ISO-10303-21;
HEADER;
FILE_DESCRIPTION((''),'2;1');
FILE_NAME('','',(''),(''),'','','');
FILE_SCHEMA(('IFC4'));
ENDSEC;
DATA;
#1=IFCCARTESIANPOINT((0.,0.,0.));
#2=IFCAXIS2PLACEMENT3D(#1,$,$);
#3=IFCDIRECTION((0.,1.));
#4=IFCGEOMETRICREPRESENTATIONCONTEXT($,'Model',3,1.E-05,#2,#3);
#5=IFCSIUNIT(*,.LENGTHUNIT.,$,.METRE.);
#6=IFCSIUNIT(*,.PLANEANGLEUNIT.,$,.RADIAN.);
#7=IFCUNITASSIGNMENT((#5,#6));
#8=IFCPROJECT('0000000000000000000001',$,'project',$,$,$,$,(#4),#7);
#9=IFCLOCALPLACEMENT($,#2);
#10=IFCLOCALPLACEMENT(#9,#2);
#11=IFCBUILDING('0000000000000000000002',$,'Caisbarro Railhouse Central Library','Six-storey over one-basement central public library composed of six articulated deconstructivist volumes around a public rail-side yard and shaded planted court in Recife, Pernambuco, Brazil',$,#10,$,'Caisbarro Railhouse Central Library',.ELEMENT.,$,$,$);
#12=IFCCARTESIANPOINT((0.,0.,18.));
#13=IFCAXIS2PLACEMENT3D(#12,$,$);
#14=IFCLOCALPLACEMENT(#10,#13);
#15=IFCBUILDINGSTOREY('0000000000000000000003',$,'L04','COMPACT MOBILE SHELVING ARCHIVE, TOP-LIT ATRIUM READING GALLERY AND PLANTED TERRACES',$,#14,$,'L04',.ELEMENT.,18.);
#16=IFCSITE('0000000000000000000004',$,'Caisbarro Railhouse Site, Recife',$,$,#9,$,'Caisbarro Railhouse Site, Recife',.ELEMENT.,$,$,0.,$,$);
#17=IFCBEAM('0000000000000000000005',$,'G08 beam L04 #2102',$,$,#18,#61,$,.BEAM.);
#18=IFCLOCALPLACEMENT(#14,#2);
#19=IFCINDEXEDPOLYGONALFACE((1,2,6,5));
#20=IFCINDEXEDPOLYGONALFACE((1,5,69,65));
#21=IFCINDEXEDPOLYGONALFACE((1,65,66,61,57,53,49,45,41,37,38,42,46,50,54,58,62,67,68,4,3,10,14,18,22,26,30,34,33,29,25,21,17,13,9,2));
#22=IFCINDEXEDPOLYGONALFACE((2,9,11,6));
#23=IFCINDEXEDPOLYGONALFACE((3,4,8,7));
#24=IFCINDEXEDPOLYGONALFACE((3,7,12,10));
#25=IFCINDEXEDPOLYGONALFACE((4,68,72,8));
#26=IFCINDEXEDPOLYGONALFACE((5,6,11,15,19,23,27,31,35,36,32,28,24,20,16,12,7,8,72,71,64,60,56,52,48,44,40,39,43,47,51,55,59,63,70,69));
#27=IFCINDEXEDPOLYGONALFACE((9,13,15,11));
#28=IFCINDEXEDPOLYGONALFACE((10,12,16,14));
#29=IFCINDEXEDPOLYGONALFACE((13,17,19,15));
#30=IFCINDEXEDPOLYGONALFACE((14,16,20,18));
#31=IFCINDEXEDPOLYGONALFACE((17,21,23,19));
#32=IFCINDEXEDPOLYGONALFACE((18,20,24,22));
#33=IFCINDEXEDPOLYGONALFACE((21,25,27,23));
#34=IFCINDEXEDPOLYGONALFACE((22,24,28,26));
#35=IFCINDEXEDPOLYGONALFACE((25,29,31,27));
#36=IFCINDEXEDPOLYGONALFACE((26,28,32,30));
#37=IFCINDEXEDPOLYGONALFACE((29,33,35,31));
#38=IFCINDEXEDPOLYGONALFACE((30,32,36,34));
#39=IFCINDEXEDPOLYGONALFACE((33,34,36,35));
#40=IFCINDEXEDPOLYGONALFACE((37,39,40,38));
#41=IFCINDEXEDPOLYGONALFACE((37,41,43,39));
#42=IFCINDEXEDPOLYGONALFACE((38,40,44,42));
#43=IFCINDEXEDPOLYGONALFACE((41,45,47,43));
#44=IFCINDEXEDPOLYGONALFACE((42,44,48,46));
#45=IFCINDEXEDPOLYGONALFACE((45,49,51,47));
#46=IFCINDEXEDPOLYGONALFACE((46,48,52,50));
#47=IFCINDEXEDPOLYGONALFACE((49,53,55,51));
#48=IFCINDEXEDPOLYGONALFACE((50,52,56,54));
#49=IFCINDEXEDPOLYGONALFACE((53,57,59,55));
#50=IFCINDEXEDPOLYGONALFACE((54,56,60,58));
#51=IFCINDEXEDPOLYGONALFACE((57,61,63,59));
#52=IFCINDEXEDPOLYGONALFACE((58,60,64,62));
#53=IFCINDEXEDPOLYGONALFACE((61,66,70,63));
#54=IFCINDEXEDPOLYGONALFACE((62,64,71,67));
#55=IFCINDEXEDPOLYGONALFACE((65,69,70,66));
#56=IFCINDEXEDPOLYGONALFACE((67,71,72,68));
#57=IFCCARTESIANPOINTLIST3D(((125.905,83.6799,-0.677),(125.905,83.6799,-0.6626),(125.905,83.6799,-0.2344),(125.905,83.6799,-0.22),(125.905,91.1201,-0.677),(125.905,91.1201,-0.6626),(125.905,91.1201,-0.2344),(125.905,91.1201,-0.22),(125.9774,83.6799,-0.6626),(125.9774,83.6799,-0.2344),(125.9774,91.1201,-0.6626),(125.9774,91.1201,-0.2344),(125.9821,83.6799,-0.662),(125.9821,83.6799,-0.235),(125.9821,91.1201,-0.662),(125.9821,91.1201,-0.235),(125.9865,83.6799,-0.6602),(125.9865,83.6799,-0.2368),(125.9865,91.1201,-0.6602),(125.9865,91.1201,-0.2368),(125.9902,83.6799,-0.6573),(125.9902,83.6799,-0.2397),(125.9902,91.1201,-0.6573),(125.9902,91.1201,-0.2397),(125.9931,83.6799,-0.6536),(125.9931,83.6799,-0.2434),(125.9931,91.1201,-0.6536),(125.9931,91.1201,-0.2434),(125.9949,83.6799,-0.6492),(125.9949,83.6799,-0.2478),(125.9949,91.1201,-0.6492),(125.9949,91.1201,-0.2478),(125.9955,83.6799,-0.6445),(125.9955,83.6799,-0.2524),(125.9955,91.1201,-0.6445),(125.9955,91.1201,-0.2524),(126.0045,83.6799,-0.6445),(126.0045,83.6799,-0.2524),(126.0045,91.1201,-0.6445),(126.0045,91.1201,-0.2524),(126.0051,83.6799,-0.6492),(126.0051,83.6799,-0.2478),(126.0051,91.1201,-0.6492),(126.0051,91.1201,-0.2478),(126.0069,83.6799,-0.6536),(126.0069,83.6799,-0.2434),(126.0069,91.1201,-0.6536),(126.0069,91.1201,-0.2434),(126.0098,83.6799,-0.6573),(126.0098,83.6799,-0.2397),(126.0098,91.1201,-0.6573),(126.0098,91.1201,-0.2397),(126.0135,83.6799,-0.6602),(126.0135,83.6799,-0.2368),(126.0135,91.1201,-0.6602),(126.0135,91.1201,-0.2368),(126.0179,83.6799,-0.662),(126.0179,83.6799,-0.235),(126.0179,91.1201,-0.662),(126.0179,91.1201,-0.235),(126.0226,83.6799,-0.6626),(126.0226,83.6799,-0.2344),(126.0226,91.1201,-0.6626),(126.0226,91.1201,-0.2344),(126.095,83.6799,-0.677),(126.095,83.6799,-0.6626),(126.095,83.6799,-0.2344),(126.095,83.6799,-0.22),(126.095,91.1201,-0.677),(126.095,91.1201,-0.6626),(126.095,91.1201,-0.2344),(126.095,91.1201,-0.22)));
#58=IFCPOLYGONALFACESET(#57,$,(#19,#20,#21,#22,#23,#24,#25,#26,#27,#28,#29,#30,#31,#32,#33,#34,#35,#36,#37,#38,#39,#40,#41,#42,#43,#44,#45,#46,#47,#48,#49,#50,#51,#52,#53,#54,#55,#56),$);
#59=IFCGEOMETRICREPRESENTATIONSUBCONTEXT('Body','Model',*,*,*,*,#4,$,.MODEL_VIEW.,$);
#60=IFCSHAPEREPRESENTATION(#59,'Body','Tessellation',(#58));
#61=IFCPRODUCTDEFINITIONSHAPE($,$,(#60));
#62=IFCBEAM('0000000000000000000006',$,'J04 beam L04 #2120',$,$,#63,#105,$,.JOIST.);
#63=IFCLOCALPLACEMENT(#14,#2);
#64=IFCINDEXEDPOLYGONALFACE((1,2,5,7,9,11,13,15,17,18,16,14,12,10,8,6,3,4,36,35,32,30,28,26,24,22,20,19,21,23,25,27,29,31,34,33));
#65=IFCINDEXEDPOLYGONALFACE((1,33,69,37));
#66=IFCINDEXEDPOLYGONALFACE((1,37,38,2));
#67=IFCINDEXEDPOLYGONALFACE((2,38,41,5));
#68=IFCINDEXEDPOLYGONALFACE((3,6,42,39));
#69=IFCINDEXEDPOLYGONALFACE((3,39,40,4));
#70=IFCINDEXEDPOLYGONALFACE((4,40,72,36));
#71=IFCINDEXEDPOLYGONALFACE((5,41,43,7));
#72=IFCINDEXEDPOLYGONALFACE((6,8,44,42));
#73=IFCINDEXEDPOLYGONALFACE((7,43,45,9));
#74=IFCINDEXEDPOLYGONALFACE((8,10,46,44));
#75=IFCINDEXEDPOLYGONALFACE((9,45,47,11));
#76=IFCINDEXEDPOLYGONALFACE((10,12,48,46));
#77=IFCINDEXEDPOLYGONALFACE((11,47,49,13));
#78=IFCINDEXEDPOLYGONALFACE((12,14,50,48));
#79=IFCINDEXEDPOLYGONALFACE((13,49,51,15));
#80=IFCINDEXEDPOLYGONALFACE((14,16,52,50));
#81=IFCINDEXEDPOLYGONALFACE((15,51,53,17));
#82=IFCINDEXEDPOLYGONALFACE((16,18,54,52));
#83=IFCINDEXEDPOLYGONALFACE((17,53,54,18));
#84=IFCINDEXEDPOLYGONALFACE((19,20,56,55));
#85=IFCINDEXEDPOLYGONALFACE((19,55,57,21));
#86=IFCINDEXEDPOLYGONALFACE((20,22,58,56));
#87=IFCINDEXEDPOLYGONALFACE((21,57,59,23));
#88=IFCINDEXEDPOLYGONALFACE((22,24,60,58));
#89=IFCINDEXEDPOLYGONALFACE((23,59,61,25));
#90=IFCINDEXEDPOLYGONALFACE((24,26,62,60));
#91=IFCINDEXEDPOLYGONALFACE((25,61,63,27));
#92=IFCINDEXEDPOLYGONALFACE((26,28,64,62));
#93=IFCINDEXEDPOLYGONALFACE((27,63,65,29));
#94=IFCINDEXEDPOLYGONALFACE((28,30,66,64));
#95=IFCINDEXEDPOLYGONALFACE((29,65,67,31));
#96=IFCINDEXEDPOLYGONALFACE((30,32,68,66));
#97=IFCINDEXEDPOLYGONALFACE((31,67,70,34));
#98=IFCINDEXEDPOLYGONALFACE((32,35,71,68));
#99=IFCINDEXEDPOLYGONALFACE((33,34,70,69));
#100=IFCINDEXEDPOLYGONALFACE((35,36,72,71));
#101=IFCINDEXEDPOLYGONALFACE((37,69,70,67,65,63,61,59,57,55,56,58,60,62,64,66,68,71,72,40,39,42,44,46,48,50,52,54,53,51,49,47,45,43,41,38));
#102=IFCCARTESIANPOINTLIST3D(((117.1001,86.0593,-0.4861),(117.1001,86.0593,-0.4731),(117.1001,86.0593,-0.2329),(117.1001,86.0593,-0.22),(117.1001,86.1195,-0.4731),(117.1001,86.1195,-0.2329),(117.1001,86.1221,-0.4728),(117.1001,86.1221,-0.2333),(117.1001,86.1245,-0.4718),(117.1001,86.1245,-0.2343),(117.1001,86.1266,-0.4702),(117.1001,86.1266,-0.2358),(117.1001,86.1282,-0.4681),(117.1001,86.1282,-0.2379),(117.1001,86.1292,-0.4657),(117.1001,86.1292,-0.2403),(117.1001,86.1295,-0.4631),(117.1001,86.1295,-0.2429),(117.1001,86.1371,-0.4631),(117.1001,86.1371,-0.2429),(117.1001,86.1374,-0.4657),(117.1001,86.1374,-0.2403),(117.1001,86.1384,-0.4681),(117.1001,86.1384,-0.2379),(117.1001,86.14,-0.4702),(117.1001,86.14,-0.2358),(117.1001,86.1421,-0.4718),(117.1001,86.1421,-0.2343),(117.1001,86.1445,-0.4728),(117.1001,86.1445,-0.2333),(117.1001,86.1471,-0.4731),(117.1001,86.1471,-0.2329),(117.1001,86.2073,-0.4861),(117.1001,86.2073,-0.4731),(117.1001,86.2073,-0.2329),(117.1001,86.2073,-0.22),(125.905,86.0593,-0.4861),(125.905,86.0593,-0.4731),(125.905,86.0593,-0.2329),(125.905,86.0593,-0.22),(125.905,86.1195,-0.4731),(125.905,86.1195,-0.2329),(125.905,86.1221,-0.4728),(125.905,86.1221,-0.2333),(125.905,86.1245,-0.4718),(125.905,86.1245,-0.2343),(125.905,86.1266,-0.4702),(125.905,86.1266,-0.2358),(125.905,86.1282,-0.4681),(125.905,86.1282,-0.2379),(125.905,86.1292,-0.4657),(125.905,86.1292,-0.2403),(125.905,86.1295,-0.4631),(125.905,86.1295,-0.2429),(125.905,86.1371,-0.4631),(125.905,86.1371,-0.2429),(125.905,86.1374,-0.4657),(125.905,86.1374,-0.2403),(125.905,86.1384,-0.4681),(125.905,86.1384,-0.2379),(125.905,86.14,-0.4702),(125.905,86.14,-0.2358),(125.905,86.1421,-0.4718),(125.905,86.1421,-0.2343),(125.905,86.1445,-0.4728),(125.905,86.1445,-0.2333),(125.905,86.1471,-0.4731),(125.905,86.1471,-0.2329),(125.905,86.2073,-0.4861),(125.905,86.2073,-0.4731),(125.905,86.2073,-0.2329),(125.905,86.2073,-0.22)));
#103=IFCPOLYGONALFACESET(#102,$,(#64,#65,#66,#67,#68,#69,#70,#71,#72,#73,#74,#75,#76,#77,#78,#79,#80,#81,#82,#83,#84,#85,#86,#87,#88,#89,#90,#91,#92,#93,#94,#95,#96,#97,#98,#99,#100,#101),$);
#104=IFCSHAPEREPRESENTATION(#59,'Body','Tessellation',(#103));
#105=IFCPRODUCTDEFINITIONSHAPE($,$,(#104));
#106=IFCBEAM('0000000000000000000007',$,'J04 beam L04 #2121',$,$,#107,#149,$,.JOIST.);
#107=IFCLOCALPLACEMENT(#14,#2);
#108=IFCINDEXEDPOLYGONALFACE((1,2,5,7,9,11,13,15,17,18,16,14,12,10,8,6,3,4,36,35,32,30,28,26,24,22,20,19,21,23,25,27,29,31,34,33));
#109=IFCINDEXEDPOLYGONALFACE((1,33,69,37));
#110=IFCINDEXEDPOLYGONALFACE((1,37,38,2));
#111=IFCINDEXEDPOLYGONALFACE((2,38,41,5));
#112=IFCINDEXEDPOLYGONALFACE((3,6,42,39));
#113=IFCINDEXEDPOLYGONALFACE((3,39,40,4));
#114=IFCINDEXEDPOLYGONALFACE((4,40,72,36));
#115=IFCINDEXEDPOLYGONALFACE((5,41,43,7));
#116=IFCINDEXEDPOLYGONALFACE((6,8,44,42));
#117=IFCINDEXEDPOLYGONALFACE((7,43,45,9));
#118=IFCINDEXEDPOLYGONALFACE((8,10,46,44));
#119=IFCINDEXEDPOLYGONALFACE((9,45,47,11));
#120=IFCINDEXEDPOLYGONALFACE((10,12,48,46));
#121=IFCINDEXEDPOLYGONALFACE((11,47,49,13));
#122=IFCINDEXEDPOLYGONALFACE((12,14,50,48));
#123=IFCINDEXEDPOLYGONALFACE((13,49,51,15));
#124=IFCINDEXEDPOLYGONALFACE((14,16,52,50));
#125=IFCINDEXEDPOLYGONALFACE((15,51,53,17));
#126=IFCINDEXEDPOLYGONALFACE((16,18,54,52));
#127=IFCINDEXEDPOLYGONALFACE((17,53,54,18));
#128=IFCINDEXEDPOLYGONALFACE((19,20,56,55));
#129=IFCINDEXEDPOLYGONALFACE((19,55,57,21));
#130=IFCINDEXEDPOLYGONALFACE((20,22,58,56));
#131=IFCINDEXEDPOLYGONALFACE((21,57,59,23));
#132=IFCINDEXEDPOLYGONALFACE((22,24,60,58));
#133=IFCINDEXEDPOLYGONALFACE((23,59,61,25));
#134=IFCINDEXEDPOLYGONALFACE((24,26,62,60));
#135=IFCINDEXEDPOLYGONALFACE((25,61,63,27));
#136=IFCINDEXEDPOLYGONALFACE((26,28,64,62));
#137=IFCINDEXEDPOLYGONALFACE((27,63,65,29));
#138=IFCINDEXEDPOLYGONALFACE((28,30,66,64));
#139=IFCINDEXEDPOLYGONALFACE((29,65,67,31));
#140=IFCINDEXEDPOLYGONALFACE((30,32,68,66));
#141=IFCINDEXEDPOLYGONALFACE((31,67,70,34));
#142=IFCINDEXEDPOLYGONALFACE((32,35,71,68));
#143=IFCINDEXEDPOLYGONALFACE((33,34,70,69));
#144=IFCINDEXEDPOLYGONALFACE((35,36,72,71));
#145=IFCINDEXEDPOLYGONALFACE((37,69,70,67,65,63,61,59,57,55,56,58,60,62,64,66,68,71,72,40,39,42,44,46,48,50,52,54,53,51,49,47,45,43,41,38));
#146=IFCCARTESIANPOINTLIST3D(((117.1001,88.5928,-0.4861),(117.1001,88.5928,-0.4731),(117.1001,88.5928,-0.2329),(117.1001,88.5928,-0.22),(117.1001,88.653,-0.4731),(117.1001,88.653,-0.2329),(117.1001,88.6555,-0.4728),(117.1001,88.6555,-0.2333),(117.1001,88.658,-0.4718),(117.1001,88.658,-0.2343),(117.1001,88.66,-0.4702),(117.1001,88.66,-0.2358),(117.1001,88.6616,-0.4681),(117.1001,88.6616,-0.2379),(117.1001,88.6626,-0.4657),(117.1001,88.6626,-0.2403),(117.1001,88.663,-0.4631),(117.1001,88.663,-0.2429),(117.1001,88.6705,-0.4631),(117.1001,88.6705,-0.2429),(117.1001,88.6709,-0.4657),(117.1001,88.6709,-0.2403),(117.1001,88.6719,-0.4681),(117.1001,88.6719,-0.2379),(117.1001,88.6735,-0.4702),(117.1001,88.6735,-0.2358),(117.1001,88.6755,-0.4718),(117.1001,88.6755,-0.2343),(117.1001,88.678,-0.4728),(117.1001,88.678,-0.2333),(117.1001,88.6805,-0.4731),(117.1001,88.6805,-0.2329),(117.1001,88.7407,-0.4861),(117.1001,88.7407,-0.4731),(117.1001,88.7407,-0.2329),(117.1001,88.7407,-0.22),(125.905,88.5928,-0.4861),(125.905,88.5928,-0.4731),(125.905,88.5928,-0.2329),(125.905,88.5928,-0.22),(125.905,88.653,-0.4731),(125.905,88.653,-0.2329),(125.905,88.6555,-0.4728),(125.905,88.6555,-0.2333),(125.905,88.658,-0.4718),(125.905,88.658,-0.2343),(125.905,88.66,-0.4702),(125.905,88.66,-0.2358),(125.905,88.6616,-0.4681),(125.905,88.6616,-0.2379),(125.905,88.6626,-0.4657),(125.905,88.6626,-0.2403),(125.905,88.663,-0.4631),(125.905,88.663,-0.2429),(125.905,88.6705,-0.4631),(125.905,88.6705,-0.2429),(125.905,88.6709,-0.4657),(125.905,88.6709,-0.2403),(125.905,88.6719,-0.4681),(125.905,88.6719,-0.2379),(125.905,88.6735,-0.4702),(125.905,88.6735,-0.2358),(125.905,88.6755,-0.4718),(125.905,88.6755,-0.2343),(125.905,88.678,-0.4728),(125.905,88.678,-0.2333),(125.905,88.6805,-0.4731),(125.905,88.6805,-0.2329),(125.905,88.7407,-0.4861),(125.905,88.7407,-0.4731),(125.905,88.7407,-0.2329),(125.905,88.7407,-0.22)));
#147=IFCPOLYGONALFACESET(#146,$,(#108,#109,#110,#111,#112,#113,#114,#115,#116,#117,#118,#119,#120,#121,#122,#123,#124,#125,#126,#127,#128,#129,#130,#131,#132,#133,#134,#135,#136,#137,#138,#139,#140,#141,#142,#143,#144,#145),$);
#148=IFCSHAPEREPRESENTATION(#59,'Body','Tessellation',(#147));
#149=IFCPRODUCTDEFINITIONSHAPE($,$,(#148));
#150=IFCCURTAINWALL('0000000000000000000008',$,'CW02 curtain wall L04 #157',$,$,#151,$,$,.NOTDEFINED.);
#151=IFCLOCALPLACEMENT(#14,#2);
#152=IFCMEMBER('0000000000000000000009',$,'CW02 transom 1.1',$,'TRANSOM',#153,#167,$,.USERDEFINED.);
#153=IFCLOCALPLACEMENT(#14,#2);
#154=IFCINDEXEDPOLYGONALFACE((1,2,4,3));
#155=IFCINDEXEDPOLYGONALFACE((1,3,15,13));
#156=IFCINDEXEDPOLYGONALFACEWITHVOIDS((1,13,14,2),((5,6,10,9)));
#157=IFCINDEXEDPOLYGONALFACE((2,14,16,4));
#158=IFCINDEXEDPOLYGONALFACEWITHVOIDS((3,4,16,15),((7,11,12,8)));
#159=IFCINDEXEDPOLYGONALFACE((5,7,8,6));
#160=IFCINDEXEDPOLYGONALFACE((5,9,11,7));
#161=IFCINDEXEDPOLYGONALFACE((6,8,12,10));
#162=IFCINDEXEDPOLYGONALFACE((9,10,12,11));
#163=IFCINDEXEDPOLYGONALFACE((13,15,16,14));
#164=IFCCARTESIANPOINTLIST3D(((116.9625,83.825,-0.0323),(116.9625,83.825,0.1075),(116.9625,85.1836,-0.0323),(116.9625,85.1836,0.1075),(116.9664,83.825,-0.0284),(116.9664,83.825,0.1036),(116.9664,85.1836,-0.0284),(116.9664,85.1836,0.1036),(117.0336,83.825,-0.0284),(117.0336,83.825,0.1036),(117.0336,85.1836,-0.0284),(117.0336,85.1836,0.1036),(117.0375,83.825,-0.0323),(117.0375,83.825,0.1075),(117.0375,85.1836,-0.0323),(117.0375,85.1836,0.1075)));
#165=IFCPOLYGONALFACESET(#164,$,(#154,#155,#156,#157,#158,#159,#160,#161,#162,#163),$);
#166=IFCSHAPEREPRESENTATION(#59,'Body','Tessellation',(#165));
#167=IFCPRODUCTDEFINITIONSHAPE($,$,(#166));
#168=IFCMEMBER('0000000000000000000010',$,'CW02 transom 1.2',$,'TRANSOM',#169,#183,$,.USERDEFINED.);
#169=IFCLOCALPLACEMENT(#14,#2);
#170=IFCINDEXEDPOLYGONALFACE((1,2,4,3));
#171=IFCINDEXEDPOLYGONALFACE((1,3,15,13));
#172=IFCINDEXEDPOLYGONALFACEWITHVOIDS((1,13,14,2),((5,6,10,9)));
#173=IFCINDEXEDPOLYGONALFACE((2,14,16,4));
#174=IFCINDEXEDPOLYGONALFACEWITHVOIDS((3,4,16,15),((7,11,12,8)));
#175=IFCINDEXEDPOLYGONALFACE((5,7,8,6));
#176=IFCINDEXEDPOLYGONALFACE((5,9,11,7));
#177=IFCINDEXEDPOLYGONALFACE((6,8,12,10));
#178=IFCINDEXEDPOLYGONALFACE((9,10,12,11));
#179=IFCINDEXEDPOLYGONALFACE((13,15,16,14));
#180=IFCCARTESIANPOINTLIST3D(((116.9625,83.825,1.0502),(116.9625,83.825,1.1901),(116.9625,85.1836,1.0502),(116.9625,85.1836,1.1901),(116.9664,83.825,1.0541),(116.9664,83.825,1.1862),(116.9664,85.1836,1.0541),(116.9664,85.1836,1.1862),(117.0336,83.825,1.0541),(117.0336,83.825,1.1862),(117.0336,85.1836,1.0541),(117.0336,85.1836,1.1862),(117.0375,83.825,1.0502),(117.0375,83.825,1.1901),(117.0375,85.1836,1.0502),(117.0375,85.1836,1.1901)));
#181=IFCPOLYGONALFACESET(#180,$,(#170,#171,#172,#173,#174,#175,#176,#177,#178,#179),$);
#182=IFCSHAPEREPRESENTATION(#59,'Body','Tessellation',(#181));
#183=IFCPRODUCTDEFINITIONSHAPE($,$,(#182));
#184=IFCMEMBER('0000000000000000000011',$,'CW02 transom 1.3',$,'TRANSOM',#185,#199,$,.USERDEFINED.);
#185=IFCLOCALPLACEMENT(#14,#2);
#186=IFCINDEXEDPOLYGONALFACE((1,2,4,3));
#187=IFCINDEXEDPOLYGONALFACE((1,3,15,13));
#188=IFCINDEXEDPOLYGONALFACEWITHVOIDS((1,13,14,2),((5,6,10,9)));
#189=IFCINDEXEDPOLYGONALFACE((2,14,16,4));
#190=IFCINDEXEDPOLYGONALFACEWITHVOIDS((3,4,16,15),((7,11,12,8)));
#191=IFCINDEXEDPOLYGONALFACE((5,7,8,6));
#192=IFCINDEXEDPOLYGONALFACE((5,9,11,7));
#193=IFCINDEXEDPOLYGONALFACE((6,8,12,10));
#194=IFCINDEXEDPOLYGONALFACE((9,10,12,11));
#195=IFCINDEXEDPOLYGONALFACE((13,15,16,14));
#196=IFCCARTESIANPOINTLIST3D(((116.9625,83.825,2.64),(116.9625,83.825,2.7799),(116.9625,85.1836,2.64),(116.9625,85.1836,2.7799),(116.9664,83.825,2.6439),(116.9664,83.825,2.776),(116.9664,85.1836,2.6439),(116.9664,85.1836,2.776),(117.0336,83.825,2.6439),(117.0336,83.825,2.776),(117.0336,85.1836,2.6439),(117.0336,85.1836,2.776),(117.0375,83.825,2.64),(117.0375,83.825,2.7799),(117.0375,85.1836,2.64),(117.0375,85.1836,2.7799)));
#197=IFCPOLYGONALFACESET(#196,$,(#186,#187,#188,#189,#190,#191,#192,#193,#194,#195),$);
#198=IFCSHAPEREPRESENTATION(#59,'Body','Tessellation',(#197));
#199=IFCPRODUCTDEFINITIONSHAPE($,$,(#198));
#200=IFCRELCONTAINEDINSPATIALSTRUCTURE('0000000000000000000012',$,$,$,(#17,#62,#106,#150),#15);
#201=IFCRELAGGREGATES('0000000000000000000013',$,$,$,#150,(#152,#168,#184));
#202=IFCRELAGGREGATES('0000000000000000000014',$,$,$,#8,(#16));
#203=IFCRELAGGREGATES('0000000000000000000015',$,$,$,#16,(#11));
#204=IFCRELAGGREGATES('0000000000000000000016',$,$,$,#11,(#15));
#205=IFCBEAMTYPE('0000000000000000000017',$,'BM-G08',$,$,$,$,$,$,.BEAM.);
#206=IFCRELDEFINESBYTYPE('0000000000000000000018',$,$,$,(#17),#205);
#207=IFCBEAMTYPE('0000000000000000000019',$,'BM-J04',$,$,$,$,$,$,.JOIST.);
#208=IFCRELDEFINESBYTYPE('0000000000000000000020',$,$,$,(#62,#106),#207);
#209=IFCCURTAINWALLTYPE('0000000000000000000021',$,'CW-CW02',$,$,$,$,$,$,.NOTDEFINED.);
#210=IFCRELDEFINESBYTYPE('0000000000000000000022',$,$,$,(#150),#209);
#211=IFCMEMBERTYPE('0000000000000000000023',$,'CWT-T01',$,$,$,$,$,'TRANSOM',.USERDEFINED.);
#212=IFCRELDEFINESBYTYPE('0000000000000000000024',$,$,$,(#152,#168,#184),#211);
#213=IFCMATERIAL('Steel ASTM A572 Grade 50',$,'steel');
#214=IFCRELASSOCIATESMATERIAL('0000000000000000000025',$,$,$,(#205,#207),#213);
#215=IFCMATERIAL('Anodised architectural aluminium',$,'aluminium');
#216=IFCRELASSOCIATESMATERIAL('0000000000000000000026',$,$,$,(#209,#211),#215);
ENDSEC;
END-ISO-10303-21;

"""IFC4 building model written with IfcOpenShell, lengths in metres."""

from ifc_helpers import new_model, si_unit, direction, frame, origin, origin_2d, place, context, subcontext, project, spatial, hollow_rectangle, i_section, extrude, material, material_profile, profile_set, type_object, element, aggregate, save


model = new_model("IFC4")

# Units and contexts
model_context = context("Model", 3, precision=1e-05, world=origin(), true_north=direction((0.0, 1.0)))
body_context = subcontext(model_context, "Body", "Model", "MODEL_VIEW")
ifc_project = project(units=[si_unit("LENGTHUNIT", "METRE"), si_unit("PLANEANGLEUNIT", "RADIAN")], contexts=[model_context])

# Site, building, storey
site_placement = place(None, origin())
site = spatial("IfcSite", under=ifc_project, at=site_placement, Name="Caisbarro Railhouse Site, Recife", LongName="Caisbarro Railhouse Site, Recife", CompositionType="ELEMENT", RefElevation=0.0)
building_placement = place(site_placement, origin())
building = spatial("IfcBuilding", under=site, at=building_placement, Name="Caisbarro Railhouse Central Library", Description="Six-storey over one-basement central public library composed of six articulated deconstructivist volumes around a public rail-side yard and shaded planted court in Recife, Pernambuco, Brazil", LongName="Caisbarro Railhouse Central Library", CompositionType="ELEMENT")
storey_placement = place(building_placement, frame((0.0, 0.0, 18.0)))
storey = spatial("IfcBuildingStorey", under=building, at=storey_placement, Name="L04", Description="COMPACT MOBILE SHELVING ARCHIVE, TOP-LIT ATRIUM READING GALLERY AND PLANTED TERRACES", LongName="L04", CompositionType="ELEMENT", Elevation=18.0)

# Beams
ifc_material_1 = material(Name="Steel ASTM A572 Grade 50", Category="steel")
ifc_material_profile_1 = material_profile(ifc_material_1, i_section(OverallWidth=0.1899, OverallDepth=0.457, WebThickness=0.009, FlangeThickness=0.0144, FilletRadius=0.0181, at=origin_2d()), Name="W460X74.0")
ifc_profile_set_1 = profile_set([ifc_material_profile_1], Name="Steel ASTM A572 Grade 50")
beam_type_1 = type_object("IfcBeamType", Name="BM-G08", PredefinedType="BEAM", material=ifc_profile_set_1)
beam_placement = place(storey_placement, frame((126.0, 83.6799, -0.4485), z_axis=(0.0, 1.0, 0.0), x_axis=(-1.0, 0.0, 0.0)))
element("IfcBeam", 1, at=beam_placement, inside=storey, type_object=beam_type_1, Name="G08 beam L04 #2102", PredefinedType="BEAM", context=body_context, shape_type="SweptSolid", body=[
    extrude(i_section(OverallWidth=0.1899, OverallDepth=0.457, WebThickness=0.009, FlangeThickness=0.0144, FilletRadius=0.0181, at=origin_2d()), origin(), (0.0, 0.0, 1.0), 7.4402),
])
ifc_material_profile_2 = material_profile(ifc_material_1, i_section(OverallWidth=0.1479, OverallDepth=0.2661, WebThickness=0.0076, FlangeThickness=0.0129, FilletRadius=0.01, at=origin_2d()), Name="W250X44.8")
ifc_profile_set_2 = profile_set([ifc_material_profile_2], Name="Steel ASTM A572 Grade 50")
beam_type_2 = type_object("IfcBeamType", Name="BM-J04", PredefinedType="JOIST", material=ifc_profile_set_2)
for number, where, z_axis, x_axis, name in (
    (2, (117.1001, 86.1333, -0.353), (1.0, 0.0, 0.0), (0.0, 1.0, 0.0), "J04 beam L04 #2120"),
    (3, (117.1001, 88.6667, -0.353), (1.0, 0.0, 0.0), (0.0, 1.0, 0.0), "J04 beam L04 #2121"),
):
    element("IfcBeam", number, at=place(storey_placement, frame(where, z_axis=z_axis, x_axis=x_axis)), inside=storey, type_object=beam_type_2, Name=name, PredefinedType="JOIST", context=body_context, shape_type="SweptSolid", body=[
        extrude(i_section(OverallWidth=0.1479, OverallDepth=0.2661, WebThickness=0.0076, FlangeThickness=0.0129, FilletRadius=0.01, at=origin_2d()), origin(), (0.0, 0.0, 1.0), 8.8049),
    ])

# Curtain wall, members
ifc_material_2 = material(Name="Anodised architectural aluminium", Category="aluminium")
curtain_wall_type = type_object("IfcCurtainWallType", Name="CW-CW02", PredefinedType="NOTDEFINED", material=ifc_material_2)
curtain_wall_placement = place(storey_placement, origin())
curtain_wall = element("IfcCurtainWall", 4, at=curtain_wall_placement, inside=storey, type_object=curtain_wall_type, Name="CW02 curtain wall L04 #157", PredefinedType="NOTDEFINED")
ifc_material_profile_3 = material_profile(ifc_material_2, hollow_rectangle(XDim=0.075, YDim=0.1399, WallThickness=0.0039, at=origin_2d()), Name="ALU-TRN-75X140")
ifc_profile_set_3 = profile_set([ifc_material_profile_3], Name="Anodised architectural aluminium")
member_type = type_object("IfcMemberType", Name="CWT-T01", ElementType="TRANSOM", PredefinedType="USERDEFINED", material=ifc_profile_set_3)
member_1_placement = place(storey_placement, frame((117.0, 83.825, 0.0376), z_axis=(0.0, 1.0, 0.0), x_axis=(-1.0, 0.0, 0.0)))
member_1 = element("IfcMember", 5, at=member_1_placement, type_object=member_type, Name="CW02 transom 1.1", ObjectType="TRANSOM", PredefinedType="USERDEFINED", context=body_context, shape_type="SweptSolid", body=[
    extrude(hollow_rectangle(XDim=0.075, YDim=0.1399, WallThickness=0.0039, at=origin_2d()), origin(), (0.0, 0.0, 1.0), 1.3586),
])
member_2_placement = place(storey_placement, frame((117.0, 83.825, 1.1201), z_axis=(0.0, 1.0, 0.0), x_axis=(-1.0, 0.0, 0.0)))
member_2 = element("IfcMember", 6, at=member_2_placement, type_object=member_type, Name="CW02 transom 1.2", ObjectType="TRANSOM", PredefinedType="USERDEFINED", context=body_context, shape_type="SweptSolid", body=[
    extrude(hollow_rectangle(XDim=0.075, YDim=0.1399, WallThickness=0.0039, at=origin_2d()), origin(), (0.0, 0.0, 1.0), 1.3586),
])
member_3_placement = place(storey_placement, frame((117.0, 83.825, 2.71), z_axis=(0.0, 1.0, 0.0), x_axis=(-1.0, 0.0, 0.0)))
member_3 = element("IfcMember", 7, at=member_3_placement, type_object=member_type, Name="CW02 transom 1.3", ObjectType="TRANSOM", PredefinedType="USERDEFINED", context=body_context, shape_type="SweptSolid", body=[
    extrude(hollow_rectangle(XDim=0.075, YDim=0.1399, WallThickness=0.0039, at=origin_2d()), origin(), (0.0, 0.0, 1.0), 1.3586),
])
aggregate(curtain_wall, [member_1, member_2, member_3])

save(model, "model.ifc")
